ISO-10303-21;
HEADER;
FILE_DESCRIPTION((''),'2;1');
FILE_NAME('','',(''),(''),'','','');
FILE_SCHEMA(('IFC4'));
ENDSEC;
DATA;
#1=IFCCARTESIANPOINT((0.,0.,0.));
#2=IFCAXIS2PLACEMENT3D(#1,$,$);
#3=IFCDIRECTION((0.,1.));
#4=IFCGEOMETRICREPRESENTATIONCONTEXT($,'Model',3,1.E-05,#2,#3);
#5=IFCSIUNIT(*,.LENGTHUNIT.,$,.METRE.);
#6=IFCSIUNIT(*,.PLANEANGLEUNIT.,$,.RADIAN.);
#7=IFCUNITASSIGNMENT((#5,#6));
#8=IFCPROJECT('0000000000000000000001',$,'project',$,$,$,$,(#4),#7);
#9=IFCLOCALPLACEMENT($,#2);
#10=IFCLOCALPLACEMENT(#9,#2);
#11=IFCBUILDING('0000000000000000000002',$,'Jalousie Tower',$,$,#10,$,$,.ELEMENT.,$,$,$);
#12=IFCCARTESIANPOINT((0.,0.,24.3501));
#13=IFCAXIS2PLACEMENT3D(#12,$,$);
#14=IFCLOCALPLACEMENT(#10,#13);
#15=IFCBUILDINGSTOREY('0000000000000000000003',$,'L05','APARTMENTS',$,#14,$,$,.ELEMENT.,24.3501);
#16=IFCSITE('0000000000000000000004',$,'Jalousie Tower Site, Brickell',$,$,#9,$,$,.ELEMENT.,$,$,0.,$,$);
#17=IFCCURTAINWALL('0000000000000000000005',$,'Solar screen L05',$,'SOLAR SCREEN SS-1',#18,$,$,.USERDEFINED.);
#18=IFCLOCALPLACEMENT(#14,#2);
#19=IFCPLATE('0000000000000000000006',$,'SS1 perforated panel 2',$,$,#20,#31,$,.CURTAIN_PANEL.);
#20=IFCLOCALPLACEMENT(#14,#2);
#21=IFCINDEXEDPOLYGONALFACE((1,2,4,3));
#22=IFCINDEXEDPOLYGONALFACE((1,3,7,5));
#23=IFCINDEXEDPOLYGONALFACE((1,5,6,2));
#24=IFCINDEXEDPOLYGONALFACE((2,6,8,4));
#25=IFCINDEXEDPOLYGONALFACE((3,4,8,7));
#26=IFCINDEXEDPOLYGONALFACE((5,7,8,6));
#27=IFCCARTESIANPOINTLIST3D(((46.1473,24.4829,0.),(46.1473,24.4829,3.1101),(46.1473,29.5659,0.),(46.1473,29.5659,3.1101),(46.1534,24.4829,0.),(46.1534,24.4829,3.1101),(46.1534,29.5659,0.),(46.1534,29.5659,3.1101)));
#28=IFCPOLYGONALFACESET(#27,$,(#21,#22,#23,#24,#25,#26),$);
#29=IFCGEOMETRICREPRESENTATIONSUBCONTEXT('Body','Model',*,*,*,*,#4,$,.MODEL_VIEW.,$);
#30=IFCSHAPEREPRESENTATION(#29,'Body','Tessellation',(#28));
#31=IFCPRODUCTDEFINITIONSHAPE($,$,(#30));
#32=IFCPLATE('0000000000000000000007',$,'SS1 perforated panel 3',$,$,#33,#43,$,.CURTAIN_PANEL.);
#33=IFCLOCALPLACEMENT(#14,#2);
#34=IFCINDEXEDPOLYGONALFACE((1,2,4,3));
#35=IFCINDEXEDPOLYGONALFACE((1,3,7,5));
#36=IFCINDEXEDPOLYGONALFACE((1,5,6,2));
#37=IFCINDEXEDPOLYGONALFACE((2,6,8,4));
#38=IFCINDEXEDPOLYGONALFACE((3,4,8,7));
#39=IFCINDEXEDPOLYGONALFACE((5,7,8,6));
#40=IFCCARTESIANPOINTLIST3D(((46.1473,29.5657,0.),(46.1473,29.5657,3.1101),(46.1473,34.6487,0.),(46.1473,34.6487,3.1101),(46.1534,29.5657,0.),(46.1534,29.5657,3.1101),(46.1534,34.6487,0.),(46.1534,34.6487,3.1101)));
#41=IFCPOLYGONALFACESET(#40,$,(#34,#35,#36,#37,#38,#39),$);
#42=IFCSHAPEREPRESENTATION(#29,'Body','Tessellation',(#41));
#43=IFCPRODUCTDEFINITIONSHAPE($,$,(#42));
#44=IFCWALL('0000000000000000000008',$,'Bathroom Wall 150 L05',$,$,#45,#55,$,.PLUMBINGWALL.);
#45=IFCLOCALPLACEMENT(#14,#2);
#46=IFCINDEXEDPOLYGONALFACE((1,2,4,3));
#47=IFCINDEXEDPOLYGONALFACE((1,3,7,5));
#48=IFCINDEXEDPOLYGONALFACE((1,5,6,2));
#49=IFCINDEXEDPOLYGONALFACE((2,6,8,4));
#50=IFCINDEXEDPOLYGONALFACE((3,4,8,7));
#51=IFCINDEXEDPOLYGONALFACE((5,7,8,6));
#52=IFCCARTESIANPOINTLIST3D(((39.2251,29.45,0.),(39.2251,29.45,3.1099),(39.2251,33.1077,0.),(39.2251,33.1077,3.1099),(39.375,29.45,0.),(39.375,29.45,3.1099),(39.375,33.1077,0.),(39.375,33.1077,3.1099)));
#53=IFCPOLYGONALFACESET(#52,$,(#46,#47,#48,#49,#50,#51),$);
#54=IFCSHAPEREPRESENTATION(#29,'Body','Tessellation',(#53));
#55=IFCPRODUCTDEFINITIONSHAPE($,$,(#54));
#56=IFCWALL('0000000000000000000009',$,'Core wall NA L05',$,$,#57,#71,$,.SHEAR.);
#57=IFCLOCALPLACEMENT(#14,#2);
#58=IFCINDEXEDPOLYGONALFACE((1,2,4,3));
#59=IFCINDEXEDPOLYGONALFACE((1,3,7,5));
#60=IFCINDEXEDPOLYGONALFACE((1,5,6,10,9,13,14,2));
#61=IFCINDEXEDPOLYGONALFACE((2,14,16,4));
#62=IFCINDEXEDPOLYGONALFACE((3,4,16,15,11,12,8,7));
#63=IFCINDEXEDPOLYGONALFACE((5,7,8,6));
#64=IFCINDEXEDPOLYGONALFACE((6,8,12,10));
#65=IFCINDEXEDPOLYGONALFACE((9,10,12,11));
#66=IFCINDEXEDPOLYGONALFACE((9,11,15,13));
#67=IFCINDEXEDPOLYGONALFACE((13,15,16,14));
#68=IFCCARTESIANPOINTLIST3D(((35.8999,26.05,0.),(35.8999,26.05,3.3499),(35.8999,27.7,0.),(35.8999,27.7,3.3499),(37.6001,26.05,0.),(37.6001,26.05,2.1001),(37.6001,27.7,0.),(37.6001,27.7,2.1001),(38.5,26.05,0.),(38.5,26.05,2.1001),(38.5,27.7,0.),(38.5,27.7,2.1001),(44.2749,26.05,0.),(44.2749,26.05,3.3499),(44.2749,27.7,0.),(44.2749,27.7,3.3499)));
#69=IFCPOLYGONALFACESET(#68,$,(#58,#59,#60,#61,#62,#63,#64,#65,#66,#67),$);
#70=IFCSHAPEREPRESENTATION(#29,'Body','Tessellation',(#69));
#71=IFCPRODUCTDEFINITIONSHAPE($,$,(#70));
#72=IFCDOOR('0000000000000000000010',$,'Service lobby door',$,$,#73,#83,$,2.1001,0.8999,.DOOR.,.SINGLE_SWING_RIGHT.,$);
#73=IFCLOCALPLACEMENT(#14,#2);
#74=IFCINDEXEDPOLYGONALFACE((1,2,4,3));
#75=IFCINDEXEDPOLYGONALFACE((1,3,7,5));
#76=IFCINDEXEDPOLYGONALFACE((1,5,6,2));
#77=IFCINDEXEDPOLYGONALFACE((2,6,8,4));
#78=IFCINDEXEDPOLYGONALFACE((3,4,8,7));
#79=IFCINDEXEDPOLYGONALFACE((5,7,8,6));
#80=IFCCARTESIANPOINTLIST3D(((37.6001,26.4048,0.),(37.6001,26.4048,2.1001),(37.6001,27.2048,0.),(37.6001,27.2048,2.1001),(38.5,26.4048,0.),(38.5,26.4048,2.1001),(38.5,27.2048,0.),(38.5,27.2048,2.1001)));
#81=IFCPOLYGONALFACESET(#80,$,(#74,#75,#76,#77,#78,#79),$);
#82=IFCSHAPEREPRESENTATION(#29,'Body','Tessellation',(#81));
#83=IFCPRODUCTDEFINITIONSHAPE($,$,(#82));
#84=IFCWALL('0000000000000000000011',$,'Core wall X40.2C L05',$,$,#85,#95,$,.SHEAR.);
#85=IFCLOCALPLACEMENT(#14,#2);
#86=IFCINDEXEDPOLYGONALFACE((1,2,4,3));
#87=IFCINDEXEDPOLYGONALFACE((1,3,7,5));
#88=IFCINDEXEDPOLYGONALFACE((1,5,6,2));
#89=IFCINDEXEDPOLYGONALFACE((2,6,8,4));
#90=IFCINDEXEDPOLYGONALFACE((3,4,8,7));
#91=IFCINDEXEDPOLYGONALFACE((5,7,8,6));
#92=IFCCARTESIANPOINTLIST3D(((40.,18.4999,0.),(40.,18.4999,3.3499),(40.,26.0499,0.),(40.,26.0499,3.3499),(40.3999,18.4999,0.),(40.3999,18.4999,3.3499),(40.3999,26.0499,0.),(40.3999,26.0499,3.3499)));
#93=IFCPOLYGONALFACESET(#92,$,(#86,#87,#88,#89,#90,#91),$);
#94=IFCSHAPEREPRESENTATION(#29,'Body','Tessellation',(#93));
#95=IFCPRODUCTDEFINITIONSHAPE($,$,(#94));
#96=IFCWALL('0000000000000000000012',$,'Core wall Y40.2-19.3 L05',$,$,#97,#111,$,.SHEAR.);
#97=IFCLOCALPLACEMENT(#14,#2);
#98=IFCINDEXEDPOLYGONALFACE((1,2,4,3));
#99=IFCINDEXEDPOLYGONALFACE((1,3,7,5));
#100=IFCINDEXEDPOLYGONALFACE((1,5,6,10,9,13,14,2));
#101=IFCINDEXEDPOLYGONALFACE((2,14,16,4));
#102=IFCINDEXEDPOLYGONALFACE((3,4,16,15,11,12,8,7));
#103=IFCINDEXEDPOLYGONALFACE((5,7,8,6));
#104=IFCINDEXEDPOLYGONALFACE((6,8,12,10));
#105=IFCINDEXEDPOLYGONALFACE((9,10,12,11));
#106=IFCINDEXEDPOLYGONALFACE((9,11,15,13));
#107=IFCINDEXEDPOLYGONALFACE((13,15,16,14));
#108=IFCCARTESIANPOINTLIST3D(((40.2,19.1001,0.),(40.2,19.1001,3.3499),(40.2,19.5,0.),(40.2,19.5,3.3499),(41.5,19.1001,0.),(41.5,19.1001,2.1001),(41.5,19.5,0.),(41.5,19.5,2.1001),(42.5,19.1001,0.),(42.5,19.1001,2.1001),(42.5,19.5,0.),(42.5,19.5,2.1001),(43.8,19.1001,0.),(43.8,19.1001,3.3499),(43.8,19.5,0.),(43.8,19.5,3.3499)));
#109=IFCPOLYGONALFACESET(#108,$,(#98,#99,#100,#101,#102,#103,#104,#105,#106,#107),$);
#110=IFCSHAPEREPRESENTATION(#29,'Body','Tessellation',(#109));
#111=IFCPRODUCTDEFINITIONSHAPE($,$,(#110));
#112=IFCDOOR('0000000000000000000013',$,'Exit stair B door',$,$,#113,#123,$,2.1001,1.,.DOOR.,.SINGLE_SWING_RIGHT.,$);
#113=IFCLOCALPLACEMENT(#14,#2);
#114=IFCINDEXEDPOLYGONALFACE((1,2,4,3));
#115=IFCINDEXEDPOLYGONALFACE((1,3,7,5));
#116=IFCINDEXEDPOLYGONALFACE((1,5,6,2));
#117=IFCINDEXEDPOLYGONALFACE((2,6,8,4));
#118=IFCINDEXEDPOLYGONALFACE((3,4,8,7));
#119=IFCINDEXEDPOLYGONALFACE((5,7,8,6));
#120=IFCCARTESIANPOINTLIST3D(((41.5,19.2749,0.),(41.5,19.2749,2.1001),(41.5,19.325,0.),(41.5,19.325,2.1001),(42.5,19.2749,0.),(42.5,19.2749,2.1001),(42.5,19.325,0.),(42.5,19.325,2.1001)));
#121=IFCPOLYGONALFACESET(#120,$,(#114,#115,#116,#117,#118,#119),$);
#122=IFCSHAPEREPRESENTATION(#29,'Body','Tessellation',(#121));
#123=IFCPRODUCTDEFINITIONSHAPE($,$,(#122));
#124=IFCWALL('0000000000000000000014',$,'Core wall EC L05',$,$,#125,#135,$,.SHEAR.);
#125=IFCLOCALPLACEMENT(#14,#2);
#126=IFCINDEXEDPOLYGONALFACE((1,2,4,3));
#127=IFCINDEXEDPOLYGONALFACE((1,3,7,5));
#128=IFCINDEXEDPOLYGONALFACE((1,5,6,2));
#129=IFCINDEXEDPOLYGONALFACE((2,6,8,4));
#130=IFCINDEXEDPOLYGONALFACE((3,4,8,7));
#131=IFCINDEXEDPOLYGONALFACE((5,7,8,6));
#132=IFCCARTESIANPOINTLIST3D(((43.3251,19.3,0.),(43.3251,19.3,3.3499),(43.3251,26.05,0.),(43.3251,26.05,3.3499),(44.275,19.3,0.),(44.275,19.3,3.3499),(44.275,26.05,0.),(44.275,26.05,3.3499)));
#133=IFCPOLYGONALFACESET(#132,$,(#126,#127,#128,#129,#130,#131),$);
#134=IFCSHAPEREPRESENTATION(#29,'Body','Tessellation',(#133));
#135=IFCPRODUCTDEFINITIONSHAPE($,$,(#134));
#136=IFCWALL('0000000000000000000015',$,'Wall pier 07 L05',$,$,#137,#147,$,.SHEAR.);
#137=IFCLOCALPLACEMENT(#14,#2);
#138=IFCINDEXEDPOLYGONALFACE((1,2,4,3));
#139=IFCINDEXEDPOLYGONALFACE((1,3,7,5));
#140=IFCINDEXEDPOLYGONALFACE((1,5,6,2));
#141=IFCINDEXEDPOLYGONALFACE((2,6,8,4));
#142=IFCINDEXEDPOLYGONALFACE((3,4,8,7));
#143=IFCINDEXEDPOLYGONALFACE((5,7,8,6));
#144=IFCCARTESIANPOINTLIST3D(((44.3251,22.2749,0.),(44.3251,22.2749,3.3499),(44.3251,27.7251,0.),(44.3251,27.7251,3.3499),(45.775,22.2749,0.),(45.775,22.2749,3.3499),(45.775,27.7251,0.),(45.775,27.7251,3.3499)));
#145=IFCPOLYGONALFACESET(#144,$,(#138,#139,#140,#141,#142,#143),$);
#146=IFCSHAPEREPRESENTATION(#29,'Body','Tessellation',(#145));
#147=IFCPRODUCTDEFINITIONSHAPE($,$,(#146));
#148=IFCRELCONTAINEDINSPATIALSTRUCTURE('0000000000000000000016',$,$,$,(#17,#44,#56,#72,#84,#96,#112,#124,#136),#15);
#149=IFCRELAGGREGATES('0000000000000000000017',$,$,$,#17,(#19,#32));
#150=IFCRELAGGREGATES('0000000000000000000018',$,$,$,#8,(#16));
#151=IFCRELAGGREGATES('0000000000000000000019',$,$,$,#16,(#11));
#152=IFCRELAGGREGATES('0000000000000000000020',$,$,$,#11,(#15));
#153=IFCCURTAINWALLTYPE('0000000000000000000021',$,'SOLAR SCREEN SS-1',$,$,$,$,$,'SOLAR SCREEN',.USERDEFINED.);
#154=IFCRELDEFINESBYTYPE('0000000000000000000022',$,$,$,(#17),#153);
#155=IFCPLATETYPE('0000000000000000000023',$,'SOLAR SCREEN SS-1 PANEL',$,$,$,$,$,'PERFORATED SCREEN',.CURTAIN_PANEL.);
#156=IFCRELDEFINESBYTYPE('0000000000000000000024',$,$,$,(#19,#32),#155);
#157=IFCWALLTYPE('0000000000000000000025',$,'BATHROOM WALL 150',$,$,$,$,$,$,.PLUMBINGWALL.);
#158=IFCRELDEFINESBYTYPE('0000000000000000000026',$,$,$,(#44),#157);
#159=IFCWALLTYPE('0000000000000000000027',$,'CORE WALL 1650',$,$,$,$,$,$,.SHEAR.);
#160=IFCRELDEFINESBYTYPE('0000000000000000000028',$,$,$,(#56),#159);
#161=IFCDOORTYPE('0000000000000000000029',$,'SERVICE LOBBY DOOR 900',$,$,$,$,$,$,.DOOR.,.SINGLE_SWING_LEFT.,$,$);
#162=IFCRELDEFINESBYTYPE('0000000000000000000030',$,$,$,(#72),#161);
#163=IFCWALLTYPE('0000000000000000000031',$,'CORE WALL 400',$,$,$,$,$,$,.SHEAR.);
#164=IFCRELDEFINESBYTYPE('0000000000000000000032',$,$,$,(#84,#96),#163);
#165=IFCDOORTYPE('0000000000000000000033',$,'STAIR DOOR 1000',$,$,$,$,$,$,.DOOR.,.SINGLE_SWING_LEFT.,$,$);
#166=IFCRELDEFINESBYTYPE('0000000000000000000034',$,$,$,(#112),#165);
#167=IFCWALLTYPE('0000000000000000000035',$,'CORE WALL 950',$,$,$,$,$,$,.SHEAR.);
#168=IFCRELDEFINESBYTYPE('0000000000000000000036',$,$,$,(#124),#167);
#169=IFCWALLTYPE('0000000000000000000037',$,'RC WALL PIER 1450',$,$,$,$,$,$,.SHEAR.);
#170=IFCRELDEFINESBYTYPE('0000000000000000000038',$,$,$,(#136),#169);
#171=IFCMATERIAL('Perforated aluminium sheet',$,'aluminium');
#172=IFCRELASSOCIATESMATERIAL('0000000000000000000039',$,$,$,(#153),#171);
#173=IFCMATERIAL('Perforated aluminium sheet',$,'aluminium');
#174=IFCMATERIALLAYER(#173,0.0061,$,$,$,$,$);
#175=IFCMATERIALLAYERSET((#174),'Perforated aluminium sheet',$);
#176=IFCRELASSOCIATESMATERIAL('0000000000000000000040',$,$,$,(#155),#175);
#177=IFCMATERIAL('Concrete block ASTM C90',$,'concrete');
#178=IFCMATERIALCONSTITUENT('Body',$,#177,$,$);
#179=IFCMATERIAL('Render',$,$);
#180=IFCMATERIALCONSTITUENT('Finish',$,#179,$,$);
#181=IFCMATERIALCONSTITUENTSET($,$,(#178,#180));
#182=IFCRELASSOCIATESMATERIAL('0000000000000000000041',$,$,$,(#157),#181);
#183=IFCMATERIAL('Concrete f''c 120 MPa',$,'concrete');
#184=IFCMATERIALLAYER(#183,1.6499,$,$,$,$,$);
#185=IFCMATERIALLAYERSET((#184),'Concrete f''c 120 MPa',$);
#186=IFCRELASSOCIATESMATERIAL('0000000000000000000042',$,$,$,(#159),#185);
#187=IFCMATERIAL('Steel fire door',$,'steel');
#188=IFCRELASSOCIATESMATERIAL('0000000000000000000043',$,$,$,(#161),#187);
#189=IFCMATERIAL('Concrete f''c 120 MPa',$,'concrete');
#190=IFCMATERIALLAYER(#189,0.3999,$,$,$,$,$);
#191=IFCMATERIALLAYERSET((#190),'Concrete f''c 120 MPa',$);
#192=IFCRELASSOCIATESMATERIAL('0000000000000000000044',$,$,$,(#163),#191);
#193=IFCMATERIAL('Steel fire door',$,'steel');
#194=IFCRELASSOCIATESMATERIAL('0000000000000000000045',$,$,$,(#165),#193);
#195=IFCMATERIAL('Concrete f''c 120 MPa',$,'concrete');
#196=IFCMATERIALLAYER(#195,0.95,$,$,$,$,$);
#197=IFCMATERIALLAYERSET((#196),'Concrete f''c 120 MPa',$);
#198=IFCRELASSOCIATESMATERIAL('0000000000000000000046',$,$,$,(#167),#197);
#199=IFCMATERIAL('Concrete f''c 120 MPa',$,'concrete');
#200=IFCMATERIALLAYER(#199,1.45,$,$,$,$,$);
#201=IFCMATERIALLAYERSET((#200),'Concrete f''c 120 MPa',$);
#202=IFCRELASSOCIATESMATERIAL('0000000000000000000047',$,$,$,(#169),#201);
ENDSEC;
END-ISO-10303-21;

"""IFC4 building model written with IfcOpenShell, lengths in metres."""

from ifc_helpers import new_model, si_unit, direction, frame, frame_2d, origin, origin_2d, place, context, subcontext, project, spatial, rectangle, extrude, material, layer, layer_set, constituent, constituent_set, type_object, element, fill, aggregate, save


model = new_model("IFC4")

# Units and contexts
model_context = context("Model", 3, precision=1e-05, world=origin(), true_north=direction((0.0, 1.0)))
body_context = subcontext(model_context, "Body", "Model", "MODEL_VIEW")
ifc_project = project(units=[si_unit("LENGTHUNIT", "METRE"), si_unit("PLANEANGLEUNIT", "RADIAN")], contexts=[model_context])

# Site, building, storey
site_placement = place(None, origin())
site = spatial("IfcSite", under=ifc_project, at=site_placement, Name="Jalousie Tower Site, Brickell", CompositionType="ELEMENT", RefElevation=0.0)
building_placement = place(site_placement, origin())
building = spatial("IfcBuilding", under=site, at=building_placement, Name="Jalousie Tower", CompositionType="ELEMENT")
storey_placement = place(building_placement, frame((0.0, 0.0, 24.3501)))
storey = spatial("IfcBuildingStorey", under=building, at=storey_placement, Name="L05", Description="APARTMENTS", CompositionType="ELEMENT", Elevation=24.3501)

# Shared definitions
ifc_material_1 = material(Name="Perforated aluminium sheet", Category="aluminium")
curtain_wall_type = type_object("IfcCurtainWallType", Name="SOLAR SCREEN SS-1", ElementType="SOLAR SCREEN", PredefinedType="USERDEFINED", material=ifc_material_1)

# Curtain wall, plates
curtain_wall_1_placement = place(storey_placement, origin())
curtain_wall_1 = element("IfcCurtainWall", 1, at=curtain_wall_1_placement, inside=storey, type_object=curtain_wall_type, Name="Solar screen L05", ObjectType="SOLAR SCREEN SS-1", PredefinedType="USERDEFINED")
ifc_material_2 = material(Name="Perforated aluminium sheet", Category="aluminium")
ifc_layer_1 = layer(ifc_material_2, 0.0061)
ifc_layer_set_1 = layer_set([ifc_layer_1], Name="Perforated aluminium sheet")
plate_type = type_object("IfcPlateType", Name="SOLAR SCREEN SS-1 PANEL", ElementType="PERFORATED SCREEN", PredefinedType="CURTAIN_PANEL", material=ifc_layer_set_1)
plate_1_placement = place(storey_placement, frame((46.1504, 27.0244, 0.0), z_axis=(0.0, 0.0, 1.0), x_axis=(0.0, 1.0, 0.0)))
plate_1 = element("IfcPlate", 2, at=plate_1_placement, type_object=plate_type, Name="SS1 perforated panel 2", PredefinedType="CURTAIN_PANEL", context=body_context, shape_type="SweptSolid", body=[
    extrude(rectangle(XDim=5.083, YDim=0.0061, at=origin_2d()), origin(), (0.0, 0.0, 1.0), 3.1101),
])
plate_2_placement = place(storey_placement, frame((46.1504, 32.1072, 0.0), z_axis=(0.0, 0.0, 1.0), x_axis=(0.0, 1.0, 0.0)))
plate_2 = element("IfcPlate", 3, at=plate_2_placement, type_object=plate_type, Name="SS1 perforated panel 3", PredefinedType="CURTAIN_PANEL", context=body_context, shape_type="SweptSolid", body=[
    extrude(rectangle(XDim=5.083, YDim=0.0061, at=origin_2d()), origin(), (0.0, 0.0, 1.0), 3.1101),
])
aggregate(curtain_wall_1, [plate_1, plate_2])

# Wall
ifc_material_3 = material(Name="Concrete block ASTM C90", Category="concrete")
ifc_constituent_1 = constituent(ifc_material_3, Name="Body")
ifc_material_4 = material(Name="Render")
ifc_constituent_2 = constituent(ifc_material_4, Name="Finish")
ifc_constituent_set_1 = constituent_set(constituents=[ifc_constituent_1, ifc_constituent_2])
wall_type_1 = type_object("IfcWallType", Name="BATHROOM WALL 150", PredefinedType="PLUMBINGWALL", material=ifc_constituent_set_1)
wall_1_placement = place(storey_placement, frame((39.3, 33.1077, 0.0), z_axis=(0.0, 0.0, 1.0), x_axis=(0.0, -1.0, 0.0)))
element("IfcWall", 4, at=wall_1_placement, inside=storey, type_object=wall_type_1, Name="Bathroom Wall 150 L05", PredefinedType="PLUMBINGWALL", context=body_context, shape_type="SweptSolid", body=[
    extrude(rectangle(XDim=3.6577, YDim=0.1499, at=frame_2d((1.8289, 0.0))), origin(), (0.0, 0.0, 1.0), 3.1099),
])

# Wall, opening, door
ifc_material_5 = material(Name="Concrete f'c 120 MPa", Category="concrete")
ifc_layer_2 = layer(ifc_material_5, 1.6499)
ifc_layer_set_2 = layer_set([ifc_layer_2], Name="Concrete f'c 120 MPa")
wall_type_2 = type_object("IfcWallType", Name="CORE WALL 1650", PredefinedType="SHEAR", material=ifc_layer_set_2)
wall_2_placement = place(storey_placement, frame((44.2749, 26.875, 0.0), z_axis=(0.0, 0.0, 1.0), x_axis=(-1.0, 0.0, 0.0)))
wall_2 = element("IfcWall", 5, at=wall_2_placement, inside=storey, type_object=wall_type_2, Name="Core wall NA L05", PredefinedType="SHEAR", context=body_context, shape_type="SweptSolid", body=[
    extrude(rectangle(XDim=8.375, YDim=1.6499, at=frame_2d((4.1875, 0.0))), origin(), (0.0, 0.0, 1.0), 3.3499),
])
opening_1_placement = place(wall_2_placement, frame((5.7749, 0.0, 0.0)))
opening_1 = element("IfcOpeningElement", 6, at=opening_1_placement, cuts=wall_2, PredefinedType="OPENING", context=body_context, shape_type="SweptSolid", body=[
    extrude(rectangle(XDim=0.8999, YDim=2.1001, at=frame_2d((0.45, 1.05))), frame((0.0, 0.835, 0.0), z_axis=(0.0, -1.0, 0.0), x_axis=(1.0, 0.0, 0.0)), (0.0, 0.0, 1.0), 1.6699),
])
ifc_material_6 = material(Name="Steel fire door", Category="steel")
door_type_1 = type_object("IfcDoorType", Name="SERVICE LOBBY DOOR 900", OperationType="SINGLE_SWING_LEFT", PredefinedType="DOOR", material=ifc_material_6)
door_1_placement = place(opening_1_placement, origin())
door_1 = element("IfcDoor", 7, at=door_1_placement, inside=storey, type_object=door_type_1, Name="Service lobby door", OperationType="SINGLE_SWING_RIGHT", OverallHeight=2.1001, OverallWidth=0.8999, PredefinedType="DOOR", context=body_context, shape_type="SweptSolid", body=[
    extrude(rectangle(XDim=0.8999, YDim=2.1001, at=frame_2d((0.45, 1.05))), frame((0.0, 0.4702, 0.0), z_axis=(0.0, -1.0, 0.0), x_axis=(1.0, 0.0, 0.0)), (0.0, 0.0, 1.0), 0.8),
])
fill(opening_1, door_1)

# Wall
ifc_material_7 = material(Name="Concrete f'c 120 MPa", Category="concrete")
ifc_layer_3 = layer(ifc_material_7, 0.3999)
ifc_layer_set_3 = layer_set([ifc_layer_3], Name="Concrete f'c 120 MPa")
wall_type_3 = type_object("IfcWallType", Name="CORE WALL 400", PredefinedType="SHEAR", material=ifc_layer_set_3)
wall_3_placement = place(storey_placement, frame((40.2, 18.5, 0.0), z_axis=(0.0, 0.0, 1.0), x_axis=(0.0, 1.0, 0.0)))
element("IfcWall", 8, at=wall_3_placement, inside=storey, type_object=wall_type_3, Name="Core wall X40.2C L05", PredefinedType="SHEAR", context=body_context, shape_type="SweptSolid", body=[
    extrude(rectangle(XDim=7.55, YDim=0.3999, at=frame_2d((3.7749, 0.0))), origin(), (0.0, 0.0, 1.0), 3.3499),
])

# Wall, opening, door
wall_4_placement = place(storey_placement, frame((40.2, 19.3, 0.0), z_axis=(0.0, 0.0, 1.0), x_axis=(1.0, 0.0, 0.0)))
wall_4 = element("IfcWall", 9, at=wall_4_placement, inside=storey, type_object=wall_type_3, Name="Core wall Y40.2-19.3 L05", PredefinedType="SHEAR", context=body_context, shape_type="SweptSolid", body=[
    extrude(rectangle(XDim=3.6001, YDim=0.3999, at=frame_2d((1.8, 0.0))), origin(), (0.0, 0.0, 1.0), 3.3499),
])
opening_2_placement = place(wall_4_placement, frame((1.3, 0.0, 0.0)))
opening_2 = element("IfcOpeningElement", 10, at=opening_2_placement, cuts=wall_4, PredefinedType="OPENING", context=body_context, shape_type="SweptSolid", body=[
    extrude(rectangle(XDim=1.0, YDim=2.1001, at=frame_2d((0.5, 1.05))), frame((0.0, 0.21, 0.0), z_axis=(0.0, -1.0, 0.0), x_axis=(1.0, 0.0, 0.0)), (0.0, 0.0, 1.0), 0.4199),
])
ifc_material_8 = material(Name="Steel fire door", Category="steel")
door_type_2 = type_object("IfcDoorType", Name="STAIR DOOR 1000", OperationType="SINGLE_SWING_LEFT", PredefinedType="DOOR", material=ifc_material_8)
door_2_placement = place(opening_2_placement, origin())
door_2 = element("IfcDoor", 11, at=door_2_placement, inside=storey, type_object=door_type_2, Name="Exit stair B door", OperationType="SINGLE_SWING_RIGHT", OverallHeight=2.1001, OverallWidth=1.0, PredefinedType="DOOR", context=body_context, shape_type="SweptSolid", body=[
    extrude(rectangle(XDim=1.0, YDim=2.1001, at=frame_2d((0.5, 1.05))), frame((0.0, 0.0249, 0.0), z_axis=(0.0, -1.0, 0.0), x_axis=(1.0, 0.0, 0.0)), (0.0, 0.0, 1.0), 0.05),
])
fill(opening_2, door_2)

# Walls
ifc_material_9 = material(Name="Concrete f'c 120 MPa", Category="concrete")
ifc_layer_4 = layer(ifc_material_9, 0.95)
ifc_layer_set_4 = layer_set([ifc_layer_4], Name="Concrete f'c 120 MPa")
wall_type_4 = type_object("IfcWallType", Name="CORE WALL 950", PredefinedType="SHEAR", material=ifc_layer_set_4)
wall_5_placement = place(storey_placement, frame((43.8, 19.3, 0.0), z_axis=(0.0, 0.0, 1.0), x_axis=(0.0, 1.0, 0.0)))
element("IfcWall", 12, at=wall_5_placement, inside=storey, type_object=wall_type_4, Name="Core wall EC L05", PredefinedType="SHEAR", context=body_context, shape_type="SweptSolid", body=[
    extrude(rectangle(XDim=6.75, YDim=0.95, at=frame_2d((3.375, 0.0))), origin(), (0.0, 0.0, 1.0), 3.3499),
])
ifc_material_10 = material(Name="Concrete f'c 120 MPa", Category="concrete")
ifc_layer_5 = layer(ifc_material_10, 1.45)
ifc_layer_set_5 = layer_set([ifc_layer_5], Name="Concrete f'c 120 MPa")
wall_type_5 = type_object("IfcWallType", Name="RC WALL PIER 1450", PredefinedType="SHEAR", material=ifc_layer_set_5)
wall_6_placement = place(storey_placement, frame((45.05, 22.2749, 0.0), z_axis=(0.0, 0.0, 1.0), x_axis=(0.0, 1.0, 0.0)))
element("IfcWall", 13, at=wall_6_placement, inside=storey, type_object=wall_type_5, Name="Wall pier 07 L05", PredefinedType="SHEAR", context=body_context, shape_type="SweptSolid", body=[
    extrude(rectangle(XDim=5.4502, YDim=1.45, at=frame_2d((2.7251, 0.0))), origin(), (0.0, 0.0, 1.0), 3.3499),
])

save(model, "model.ifc")
